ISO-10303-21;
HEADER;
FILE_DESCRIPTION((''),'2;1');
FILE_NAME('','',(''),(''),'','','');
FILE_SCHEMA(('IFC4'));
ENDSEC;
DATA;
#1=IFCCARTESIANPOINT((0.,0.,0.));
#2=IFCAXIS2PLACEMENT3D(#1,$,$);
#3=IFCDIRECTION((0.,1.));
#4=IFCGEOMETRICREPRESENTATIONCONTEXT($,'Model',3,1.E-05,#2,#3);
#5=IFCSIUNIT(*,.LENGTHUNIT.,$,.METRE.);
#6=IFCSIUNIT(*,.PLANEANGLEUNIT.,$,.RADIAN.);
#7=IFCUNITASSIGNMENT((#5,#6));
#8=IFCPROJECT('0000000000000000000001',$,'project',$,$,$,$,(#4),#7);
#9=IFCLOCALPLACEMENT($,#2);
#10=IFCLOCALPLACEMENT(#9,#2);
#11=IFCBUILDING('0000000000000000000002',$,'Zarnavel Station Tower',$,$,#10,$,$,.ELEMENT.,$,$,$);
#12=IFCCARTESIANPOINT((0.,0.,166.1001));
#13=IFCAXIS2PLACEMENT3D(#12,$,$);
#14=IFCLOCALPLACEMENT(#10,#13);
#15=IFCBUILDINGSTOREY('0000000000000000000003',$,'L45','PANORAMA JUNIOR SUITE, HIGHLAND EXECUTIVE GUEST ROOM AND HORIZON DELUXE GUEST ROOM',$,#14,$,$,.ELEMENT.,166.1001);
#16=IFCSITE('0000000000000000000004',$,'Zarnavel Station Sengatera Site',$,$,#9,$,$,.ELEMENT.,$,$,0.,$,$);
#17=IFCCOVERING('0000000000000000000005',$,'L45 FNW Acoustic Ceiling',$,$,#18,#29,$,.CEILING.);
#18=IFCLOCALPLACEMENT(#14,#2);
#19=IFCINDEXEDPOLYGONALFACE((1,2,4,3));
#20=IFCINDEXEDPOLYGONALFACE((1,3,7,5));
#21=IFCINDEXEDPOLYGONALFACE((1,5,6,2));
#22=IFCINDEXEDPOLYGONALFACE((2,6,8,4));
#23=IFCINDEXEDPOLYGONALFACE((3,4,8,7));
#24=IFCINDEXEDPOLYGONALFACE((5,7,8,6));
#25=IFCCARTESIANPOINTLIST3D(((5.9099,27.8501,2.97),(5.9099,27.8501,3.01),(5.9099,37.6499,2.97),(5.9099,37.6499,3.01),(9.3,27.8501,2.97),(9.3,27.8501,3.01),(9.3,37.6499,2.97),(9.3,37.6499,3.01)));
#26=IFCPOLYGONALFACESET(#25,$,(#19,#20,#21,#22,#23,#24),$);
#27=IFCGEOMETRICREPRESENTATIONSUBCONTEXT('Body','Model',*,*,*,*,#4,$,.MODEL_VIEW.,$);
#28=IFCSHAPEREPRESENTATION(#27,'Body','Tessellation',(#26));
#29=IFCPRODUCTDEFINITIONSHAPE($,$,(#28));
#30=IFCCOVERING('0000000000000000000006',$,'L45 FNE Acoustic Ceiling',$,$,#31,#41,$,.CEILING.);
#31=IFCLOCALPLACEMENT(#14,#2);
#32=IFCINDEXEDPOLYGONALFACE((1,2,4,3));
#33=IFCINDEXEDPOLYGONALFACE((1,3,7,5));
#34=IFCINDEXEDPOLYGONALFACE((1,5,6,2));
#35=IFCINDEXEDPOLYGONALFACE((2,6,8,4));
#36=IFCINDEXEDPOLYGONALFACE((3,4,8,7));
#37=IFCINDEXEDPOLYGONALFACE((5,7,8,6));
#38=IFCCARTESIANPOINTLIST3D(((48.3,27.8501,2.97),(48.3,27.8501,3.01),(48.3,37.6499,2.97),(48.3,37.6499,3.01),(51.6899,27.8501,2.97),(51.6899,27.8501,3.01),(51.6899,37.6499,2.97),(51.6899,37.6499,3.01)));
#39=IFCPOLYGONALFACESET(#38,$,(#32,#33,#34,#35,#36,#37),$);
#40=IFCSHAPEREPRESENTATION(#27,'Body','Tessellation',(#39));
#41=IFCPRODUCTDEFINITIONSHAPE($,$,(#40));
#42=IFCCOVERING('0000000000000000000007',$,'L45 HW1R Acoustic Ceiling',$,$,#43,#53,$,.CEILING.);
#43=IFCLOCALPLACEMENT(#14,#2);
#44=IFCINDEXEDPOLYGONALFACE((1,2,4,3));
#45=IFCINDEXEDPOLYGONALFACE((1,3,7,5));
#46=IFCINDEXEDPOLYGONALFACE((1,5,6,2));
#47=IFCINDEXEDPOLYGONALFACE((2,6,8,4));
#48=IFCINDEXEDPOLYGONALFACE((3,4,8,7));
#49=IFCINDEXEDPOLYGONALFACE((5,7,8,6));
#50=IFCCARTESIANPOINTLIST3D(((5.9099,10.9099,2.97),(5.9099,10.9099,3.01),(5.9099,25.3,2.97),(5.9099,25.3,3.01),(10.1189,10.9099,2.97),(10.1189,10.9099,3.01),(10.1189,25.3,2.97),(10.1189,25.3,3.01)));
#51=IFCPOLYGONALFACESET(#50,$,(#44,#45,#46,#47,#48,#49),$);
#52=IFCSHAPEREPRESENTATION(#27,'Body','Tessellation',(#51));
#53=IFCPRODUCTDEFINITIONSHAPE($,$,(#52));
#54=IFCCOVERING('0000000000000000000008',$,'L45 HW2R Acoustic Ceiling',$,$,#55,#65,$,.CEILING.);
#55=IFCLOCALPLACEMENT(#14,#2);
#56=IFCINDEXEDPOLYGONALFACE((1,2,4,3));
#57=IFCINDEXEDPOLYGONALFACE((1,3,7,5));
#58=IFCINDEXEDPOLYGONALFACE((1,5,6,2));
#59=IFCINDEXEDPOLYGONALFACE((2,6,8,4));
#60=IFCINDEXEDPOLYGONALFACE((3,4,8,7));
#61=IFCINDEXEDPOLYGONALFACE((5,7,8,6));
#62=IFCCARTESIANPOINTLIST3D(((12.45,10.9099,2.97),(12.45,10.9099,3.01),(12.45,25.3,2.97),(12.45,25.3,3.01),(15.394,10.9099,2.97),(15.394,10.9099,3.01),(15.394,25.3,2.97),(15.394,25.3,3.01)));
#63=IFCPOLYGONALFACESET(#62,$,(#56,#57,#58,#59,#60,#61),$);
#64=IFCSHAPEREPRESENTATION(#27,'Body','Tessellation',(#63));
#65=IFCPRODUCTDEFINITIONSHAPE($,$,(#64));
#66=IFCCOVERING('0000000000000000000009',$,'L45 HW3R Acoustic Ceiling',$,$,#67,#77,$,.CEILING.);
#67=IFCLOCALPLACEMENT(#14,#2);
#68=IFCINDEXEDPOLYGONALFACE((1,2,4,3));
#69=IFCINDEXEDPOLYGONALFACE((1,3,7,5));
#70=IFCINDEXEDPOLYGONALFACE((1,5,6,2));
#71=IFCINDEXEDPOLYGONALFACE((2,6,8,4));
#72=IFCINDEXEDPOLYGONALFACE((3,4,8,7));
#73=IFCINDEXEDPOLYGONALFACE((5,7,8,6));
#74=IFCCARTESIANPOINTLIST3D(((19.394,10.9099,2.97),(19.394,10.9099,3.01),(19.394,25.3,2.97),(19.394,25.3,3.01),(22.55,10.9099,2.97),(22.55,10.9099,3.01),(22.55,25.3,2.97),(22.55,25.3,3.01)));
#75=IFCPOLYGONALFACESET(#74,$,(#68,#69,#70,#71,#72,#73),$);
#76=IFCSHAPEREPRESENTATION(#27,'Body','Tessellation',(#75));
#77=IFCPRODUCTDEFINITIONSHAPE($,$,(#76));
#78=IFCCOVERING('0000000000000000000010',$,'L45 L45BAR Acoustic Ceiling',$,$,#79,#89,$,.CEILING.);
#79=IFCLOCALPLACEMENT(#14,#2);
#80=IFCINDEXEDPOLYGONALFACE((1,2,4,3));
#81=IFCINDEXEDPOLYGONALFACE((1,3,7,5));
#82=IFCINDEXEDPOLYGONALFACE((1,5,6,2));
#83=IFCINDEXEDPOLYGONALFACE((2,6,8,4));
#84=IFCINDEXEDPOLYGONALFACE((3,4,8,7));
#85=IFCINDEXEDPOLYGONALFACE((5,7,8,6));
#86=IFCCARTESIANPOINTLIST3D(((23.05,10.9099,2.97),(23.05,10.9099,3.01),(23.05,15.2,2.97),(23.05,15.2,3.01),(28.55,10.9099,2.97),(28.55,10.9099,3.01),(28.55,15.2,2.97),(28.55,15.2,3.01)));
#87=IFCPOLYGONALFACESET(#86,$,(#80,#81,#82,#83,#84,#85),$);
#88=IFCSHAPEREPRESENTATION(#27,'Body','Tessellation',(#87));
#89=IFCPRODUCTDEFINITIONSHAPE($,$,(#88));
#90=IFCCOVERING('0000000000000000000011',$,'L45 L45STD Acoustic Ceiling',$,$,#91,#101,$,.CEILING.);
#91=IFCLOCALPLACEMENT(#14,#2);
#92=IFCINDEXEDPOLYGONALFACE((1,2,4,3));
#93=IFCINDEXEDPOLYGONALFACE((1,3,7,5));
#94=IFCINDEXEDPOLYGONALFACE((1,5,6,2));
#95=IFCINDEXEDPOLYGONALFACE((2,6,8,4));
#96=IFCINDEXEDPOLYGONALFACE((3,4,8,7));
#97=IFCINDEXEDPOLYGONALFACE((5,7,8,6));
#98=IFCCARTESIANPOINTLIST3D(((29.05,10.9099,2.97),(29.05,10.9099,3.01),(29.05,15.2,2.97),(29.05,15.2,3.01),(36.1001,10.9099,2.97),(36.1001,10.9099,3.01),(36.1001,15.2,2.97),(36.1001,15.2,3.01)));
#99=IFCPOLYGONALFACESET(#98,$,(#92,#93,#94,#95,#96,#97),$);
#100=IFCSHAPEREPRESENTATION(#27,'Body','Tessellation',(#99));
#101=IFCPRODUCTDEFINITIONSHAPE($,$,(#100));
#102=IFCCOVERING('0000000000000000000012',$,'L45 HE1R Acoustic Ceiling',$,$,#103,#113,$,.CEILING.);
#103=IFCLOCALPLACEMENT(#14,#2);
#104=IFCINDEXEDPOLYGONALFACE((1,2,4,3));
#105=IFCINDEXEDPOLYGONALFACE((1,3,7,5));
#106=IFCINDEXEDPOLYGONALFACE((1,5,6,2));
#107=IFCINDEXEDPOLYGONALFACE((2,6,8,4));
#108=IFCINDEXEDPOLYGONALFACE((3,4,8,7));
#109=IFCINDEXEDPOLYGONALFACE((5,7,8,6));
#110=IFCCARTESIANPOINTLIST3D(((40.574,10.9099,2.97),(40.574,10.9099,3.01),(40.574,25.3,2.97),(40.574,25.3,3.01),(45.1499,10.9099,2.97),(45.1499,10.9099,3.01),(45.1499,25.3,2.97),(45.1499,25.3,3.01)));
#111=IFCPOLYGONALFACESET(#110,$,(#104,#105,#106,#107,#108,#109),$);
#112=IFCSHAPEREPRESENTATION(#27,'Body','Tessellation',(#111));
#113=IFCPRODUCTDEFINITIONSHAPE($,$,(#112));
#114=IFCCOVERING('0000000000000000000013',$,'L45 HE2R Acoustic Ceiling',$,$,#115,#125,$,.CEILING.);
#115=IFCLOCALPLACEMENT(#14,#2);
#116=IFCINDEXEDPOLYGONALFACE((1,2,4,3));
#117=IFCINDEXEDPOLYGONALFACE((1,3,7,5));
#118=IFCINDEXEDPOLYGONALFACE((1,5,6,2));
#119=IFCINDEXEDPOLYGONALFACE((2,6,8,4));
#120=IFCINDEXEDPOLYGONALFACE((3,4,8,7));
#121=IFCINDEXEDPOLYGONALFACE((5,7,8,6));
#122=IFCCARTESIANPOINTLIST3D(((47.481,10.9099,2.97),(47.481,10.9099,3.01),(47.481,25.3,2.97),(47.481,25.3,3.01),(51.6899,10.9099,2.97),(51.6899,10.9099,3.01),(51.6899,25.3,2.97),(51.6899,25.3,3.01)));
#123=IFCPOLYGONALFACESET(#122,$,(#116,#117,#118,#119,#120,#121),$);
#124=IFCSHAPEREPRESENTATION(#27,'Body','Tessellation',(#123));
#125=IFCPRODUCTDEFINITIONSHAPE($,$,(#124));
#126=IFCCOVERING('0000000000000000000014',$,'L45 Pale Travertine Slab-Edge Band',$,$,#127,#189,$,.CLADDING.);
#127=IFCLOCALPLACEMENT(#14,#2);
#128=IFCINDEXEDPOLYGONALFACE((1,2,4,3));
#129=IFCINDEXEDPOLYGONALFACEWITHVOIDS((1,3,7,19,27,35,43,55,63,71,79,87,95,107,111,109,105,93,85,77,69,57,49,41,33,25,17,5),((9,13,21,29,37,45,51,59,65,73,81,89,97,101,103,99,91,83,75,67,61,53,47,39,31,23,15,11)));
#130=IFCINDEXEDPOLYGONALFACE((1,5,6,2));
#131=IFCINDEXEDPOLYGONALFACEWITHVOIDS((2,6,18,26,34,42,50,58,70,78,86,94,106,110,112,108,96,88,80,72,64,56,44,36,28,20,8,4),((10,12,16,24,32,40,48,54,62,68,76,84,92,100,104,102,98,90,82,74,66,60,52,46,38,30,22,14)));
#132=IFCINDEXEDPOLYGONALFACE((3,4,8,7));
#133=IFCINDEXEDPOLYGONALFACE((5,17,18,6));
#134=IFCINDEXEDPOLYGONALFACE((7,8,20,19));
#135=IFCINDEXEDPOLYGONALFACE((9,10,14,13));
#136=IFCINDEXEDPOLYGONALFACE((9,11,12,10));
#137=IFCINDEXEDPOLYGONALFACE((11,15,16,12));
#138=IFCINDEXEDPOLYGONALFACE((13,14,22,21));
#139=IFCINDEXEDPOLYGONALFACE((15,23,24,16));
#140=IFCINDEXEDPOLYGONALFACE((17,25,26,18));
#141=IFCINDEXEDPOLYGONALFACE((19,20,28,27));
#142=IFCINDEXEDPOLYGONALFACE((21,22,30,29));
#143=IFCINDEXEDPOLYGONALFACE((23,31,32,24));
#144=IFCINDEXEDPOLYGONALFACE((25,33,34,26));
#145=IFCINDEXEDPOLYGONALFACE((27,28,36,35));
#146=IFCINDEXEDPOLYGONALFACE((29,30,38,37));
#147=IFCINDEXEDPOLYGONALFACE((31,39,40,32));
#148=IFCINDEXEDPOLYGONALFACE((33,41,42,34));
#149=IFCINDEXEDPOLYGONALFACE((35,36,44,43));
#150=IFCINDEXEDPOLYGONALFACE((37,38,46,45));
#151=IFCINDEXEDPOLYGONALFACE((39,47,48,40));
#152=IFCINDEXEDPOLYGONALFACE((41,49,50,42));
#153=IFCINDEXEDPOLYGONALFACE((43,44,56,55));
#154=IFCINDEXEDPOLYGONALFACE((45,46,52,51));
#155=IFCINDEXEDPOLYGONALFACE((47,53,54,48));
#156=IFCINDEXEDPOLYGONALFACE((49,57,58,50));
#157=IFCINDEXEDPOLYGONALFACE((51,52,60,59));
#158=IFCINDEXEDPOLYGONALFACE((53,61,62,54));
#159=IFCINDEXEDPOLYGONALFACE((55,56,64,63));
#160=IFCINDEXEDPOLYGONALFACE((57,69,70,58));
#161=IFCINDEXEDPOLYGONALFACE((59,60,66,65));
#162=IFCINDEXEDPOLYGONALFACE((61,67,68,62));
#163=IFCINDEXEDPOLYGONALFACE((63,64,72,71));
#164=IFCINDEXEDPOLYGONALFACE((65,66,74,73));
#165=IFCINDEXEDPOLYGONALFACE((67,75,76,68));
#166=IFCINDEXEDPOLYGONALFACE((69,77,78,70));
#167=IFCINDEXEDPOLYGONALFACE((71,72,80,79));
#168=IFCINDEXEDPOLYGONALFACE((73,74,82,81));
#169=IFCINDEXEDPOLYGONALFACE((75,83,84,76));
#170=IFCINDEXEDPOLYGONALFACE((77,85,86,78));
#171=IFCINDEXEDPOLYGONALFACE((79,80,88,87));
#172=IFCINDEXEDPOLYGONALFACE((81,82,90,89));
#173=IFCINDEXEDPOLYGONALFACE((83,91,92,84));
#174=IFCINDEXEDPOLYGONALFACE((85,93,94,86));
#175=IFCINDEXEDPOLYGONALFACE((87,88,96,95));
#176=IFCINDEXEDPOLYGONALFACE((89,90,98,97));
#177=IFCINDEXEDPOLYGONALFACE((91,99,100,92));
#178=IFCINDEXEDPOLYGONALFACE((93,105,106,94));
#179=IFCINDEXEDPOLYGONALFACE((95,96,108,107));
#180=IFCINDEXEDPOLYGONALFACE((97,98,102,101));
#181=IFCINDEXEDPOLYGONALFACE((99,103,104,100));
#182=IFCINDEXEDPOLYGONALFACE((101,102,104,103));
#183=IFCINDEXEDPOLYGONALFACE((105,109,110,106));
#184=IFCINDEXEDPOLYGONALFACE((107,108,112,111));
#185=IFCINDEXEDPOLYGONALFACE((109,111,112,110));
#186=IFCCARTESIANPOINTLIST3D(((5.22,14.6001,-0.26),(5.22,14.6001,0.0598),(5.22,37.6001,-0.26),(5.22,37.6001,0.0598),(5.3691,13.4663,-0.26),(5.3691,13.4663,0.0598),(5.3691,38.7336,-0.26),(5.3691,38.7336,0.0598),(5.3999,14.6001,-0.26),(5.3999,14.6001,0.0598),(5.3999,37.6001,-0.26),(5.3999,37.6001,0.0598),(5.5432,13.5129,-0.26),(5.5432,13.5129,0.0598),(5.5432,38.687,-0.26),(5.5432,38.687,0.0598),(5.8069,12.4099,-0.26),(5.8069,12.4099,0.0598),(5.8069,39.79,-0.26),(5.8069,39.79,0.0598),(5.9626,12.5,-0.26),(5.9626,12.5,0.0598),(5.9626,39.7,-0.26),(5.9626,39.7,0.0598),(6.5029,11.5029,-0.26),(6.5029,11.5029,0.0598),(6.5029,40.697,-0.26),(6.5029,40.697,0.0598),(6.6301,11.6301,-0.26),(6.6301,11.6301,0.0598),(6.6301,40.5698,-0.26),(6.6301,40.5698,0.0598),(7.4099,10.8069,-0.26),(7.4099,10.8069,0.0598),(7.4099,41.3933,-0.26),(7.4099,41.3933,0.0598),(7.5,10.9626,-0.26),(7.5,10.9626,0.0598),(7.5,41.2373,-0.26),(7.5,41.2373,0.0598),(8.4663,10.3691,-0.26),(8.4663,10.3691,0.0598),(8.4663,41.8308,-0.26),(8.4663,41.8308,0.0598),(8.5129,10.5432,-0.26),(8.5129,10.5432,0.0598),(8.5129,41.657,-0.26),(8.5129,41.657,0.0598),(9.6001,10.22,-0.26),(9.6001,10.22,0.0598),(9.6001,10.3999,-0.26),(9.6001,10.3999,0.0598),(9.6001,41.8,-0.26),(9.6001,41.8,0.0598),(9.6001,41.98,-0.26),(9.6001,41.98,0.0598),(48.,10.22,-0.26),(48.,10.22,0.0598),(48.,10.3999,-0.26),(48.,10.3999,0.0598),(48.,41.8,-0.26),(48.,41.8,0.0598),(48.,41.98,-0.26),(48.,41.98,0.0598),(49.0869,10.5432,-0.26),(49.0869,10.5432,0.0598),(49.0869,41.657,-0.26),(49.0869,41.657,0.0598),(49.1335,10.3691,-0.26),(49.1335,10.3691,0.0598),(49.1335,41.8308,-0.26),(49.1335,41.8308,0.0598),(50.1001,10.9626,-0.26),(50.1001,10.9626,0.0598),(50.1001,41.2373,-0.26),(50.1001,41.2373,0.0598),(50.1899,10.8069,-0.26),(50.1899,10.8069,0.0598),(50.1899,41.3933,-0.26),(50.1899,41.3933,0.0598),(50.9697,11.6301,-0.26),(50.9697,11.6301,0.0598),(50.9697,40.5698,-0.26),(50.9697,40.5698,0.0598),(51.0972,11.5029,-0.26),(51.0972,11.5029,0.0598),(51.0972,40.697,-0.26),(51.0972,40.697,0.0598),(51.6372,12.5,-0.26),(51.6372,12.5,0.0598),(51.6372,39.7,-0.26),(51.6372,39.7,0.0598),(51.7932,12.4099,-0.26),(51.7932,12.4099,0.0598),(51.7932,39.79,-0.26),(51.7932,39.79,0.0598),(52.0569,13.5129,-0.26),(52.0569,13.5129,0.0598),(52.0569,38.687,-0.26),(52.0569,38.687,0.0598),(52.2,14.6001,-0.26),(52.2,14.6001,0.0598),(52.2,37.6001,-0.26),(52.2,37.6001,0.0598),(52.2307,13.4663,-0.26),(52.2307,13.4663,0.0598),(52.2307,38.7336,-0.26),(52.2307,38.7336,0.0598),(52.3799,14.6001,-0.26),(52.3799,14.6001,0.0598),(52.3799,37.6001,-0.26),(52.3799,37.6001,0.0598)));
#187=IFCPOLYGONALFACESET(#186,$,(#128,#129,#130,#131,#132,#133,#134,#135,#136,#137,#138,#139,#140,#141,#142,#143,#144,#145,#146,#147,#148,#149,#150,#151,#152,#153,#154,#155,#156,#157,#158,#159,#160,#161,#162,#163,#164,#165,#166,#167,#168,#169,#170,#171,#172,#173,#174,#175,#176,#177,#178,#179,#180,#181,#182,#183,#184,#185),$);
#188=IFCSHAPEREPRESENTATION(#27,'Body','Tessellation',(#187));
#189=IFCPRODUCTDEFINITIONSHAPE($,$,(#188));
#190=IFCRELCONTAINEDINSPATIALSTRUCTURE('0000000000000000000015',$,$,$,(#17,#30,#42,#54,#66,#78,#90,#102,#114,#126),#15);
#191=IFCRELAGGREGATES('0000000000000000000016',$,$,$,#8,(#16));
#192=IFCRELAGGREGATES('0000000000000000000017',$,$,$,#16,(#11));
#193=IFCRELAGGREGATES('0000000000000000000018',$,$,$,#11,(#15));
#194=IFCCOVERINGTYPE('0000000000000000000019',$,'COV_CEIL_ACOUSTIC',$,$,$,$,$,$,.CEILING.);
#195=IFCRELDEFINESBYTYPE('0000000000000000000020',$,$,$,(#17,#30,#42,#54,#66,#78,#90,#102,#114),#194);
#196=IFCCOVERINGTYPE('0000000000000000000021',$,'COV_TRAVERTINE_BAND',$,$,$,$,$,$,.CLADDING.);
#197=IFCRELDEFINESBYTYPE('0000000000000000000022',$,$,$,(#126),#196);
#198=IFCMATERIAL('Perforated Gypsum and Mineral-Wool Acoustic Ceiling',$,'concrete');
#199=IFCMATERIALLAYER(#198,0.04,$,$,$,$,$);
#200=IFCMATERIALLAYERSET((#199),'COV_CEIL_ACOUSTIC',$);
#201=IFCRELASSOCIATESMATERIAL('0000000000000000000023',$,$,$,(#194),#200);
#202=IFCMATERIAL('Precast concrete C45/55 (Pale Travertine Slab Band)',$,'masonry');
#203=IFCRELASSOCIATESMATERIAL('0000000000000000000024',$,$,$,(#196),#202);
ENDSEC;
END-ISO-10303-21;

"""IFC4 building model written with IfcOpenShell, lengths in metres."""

from ifc_helpers import new_model, si_unit, direction, frame, origin, place, context, subcontext, project, spatial, polyline, outline, extrude, material, layer, layer_set, type_object, element, save


model = new_model("IFC4")

# Units and contexts
model_context = context("Model", 3, precision=1e-05, world=origin(), true_north=direction((0.0, 1.0)))
body_context = subcontext(model_context, "Body", "Model", "MODEL_VIEW")
ifc_project = project(units=[si_unit("LENGTHUNIT", "METRE"), si_unit("PLANEANGLEUNIT", "RADIAN")], contexts=[model_context])

# Site, building, storey
site_placement = place(None, origin())
site = spatial("IfcSite", under=ifc_project, at=site_placement, Name="Zarnavel Station Sengatera Site", CompositionType="ELEMENT", RefElevation=0.0)
building_placement = place(site_placement, origin())
building = spatial("IfcBuilding", under=site, at=building_placement, Name="Zarnavel Station Tower", CompositionType="ELEMENT")
storey_placement = place(building_placement, frame((0.0, 0.0, 166.1001)))
storey = spatial("IfcBuildingStorey", under=building, at=storey_placement, Name="L45", Description="PANORAMA JUNIOR SUITE, HIGHLAND EXECUTIVE GUEST ROOM AND HORIZON DELUXE GUEST ROOM", CompositionType="ELEMENT", Elevation=166.1001)

# Coverings
ifc_material_1 = material(Name="Perforated Gypsum and Mineral-Wool Acoustic Ceiling", Category="concrete")
ifc_layer_1 = layer(ifc_material_1, 0.04)
ifc_layer_set_1 = layer_set([ifc_layer_1], Name="COV_CEIL_ACOUSTIC")
covering_type_1 = type_object("IfcCoveringType", Name="COV_CEIL_ACOUSTIC", PredefinedType="CEILING", material=ifc_layer_set_1)
covering_1_placement = place(storey_placement, frame((0.0, 0.0, 2.97)))
element("IfcCovering", 1, at=covering_1_placement, inside=storey, type_object=covering_type_1, Name="L45 FNW Acoustic Ceiling", PredefinedType="CEILING", context=body_context, shape_type="SweptSolid", body=[
    extrude(outline(polyline([(5.9099, 27.8501), (9.3, 27.8501), (9.3, 37.6499), (5.9099, 37.6499), (5.9099, 27.8501)])), origin(), (0.0, 0.0, 1.0), 0.04),
])
covering_2_placement = place(storey_placement, frame((0.0, 0.0, 2.97)))
element("IfcCovering", 2, at=covering_2_placement, inside=storey, type_object=covering_type_1, Name="L45 FNE Acoustic Ceiling", PredefinedType="CEILING", context=body_context, shape_type="SweptSolid", body=[
    extrude(outline(polyline([(48.3, 27.8501), (51.6899, 27.8501), (51.6899, 37.6499), (48.3, 37.6499), (48.3, 27.8501)])), origin(), (0.0, 0.0, 1.0), 0.04),
])
covering_3_placement = place(storey_placement, frame((0.0, 0.0, 2.97)))
element("IfcCovering", 3, at=covering_3_placement, inside=storey, type_object=covering_type_1, Name="L45 HW1R Acoustic Ceiling", PredefinedType="CEILING", context=body_context, shape_type="SweptSolid", body=[
    extrude(outline(polyline([(5.9099, 10.9099), (10.1189, 10.9099), (10.1189, 25.3), (5.9099, 25.3), (5.9099, 10.9099)])), origin(), (0.0, 0.0, 1.0), 0.04),
])
covering_4_placement = place(storey_placement, frame((0.0, 0.0, 2.97)))
element("IfcCovering", 4, at=covering_4_placement, inside=storey, type_object=covering_type_1, Name="L45 HW2R Acoustic Ceiling", PredefinedType="CEILING", context=body_context, shape_type="SweptSolid", body=[
    extrude(outline(polyline([(12.45, 10.9099), (15.394, 10.9099), (15.394, 25.3), (12.45, 25.3), (12.45, 10.9099)])), origin(), (0.0, 0.0, 1.0), 0.04),
])
covering_5_placement = place(storey_placement, frame((0.0, 0.0, 2.97)))
element("IfcCovering", 5, at=covering_5_placement, inside=storey, type_object=covering_type_1, Name="L45 HW3R Acoustic Ceiling", PredefinedType="CEILING", context=body_context, shape_type="SweptSolid", body=[
    extrude(outline(polyline([(19.394, 10.9099), (22.55, 10.9099), (22.55, 25.3), (19.394, 25.3), (19.394, 10.9099)])), origin(), (0.0, 0.0, 1.0), 0.04),
])
covering_6_placement = place(storey_placement, frame((0.0, 0.0, 2.97)))
element("IfcCovering", 6, at=covering_6_placement, inside=storey, type_object=covering_type_1, Name="L45 L45BAR Acoustic Ceiling", PredefinedType="CEILING", context=body_context, shape_type="SweptSolid", body=[
    extrude(outline(polyline([(23.05, 10.9099), (28.55, 10.9099), (28.55, 15.2), (23.05, 15.2), (23.05, 10.9099)])), origin(), (0.0, 0.0, 1.0), 0.04),
])
covering_7_placement = place(storey_placement, frame((0.0, 0.0, 2.97)))
element("IfcCovering", 7, at=covering_7_placement, inside=storey, type_object=covering_type_1, Name="L45 L45STD Acoustic Ceiling", PredefinedType="CEILING", context=body_context, shape_type="SweptSolid", body=[
    extrude(outline(polyline([(29.05, 10.9099), (36.1001, 10.9099), (36.1001, 15.2), (29.05, 15.2), (29.05, 10.9099)])), origin(), (0.0, 0.0, 1.0), 0.04),
])
covering_8_placement = place(storey_placement, frame((0.0, 0.0, 2.97)))
element("IfcCovering", 8, at=covering_8_placement, inside=storey, type_object=covering_type_1, Name="L45 HE1R Acoustic Ceiling", PredefinedType="CEILING", context=body_context, shape_type="SweptSolid", body=[
    extrude(outline(polyline([(40.574, 10.9099), (45.1499, 10.9099), (45.1499, 25.3), (40.574, 25.3), (40.574, 10.9099)])), origin(), (0.0, 0.0, 1.0), 0.04),
])
covering_9_placement = place(storey_placement, frame((0.0, 0.0, 2.97)))
element("IfcCovering", 9, at=covering_9_placement, inside=storey, type_object=covering_type_1, Name="L45 HE2R Acoustic Ceiling", PredefinedType="CEILING", context=body_context, shape_type="SweptSolid", body=[
    extrude(outline(polyline([(47.481, 10.9099), (51.6899, 10.9099), (51.6899, 25.3), (47.481, 25.3), (47.481, 10.9099)])), origin(), (0.0, 0.0, 1.0), 0.04),
])
ifc_material_2 = material(Name="Precast concrete C45/55 (Pale Travertine Slab Band)", Category="masonry")
covering_type_2 = type_object("IfcCoveringType", Name="COV_TRAVERTINE_BAND", PredefinedType="CLADDING", material=ifc_material_2)
covering_10_placement = place(storey_placement, frame((0.0, 0.0, -0.26)))
element("IfcCovering", 10, at=covering_10_placement, inside=storey, type_object=covering_type_2, Name="L45 Pale Travertine Slab-Edge Band", PredefinedType="CLADDING", context=body_context, shape_type="SweptSolid", body=[
    extrude(outline(polyline([(48.0, 10.22), (49.1335, 10.3691), (50.1899, 10.8069), (51.0972, 11.5029), (51.7932, 12.4099), (52.2307, 13.4663), (52.3799, 14.6001), (52.3799, 37.6001), (52.2307, 38.7336), (51.7932, 39.79), (51.0972, 40.697), (50.1899, 41.3933), (49.1335, 41.8308), (48.0, 41.98), (9.6001, 41.98), (8.4663, 41.8308), (7.4099, 41.3933), (6.5029, 40.697), (5.8069, 39.79), (5.3691, 38.7336), (5.22, 37.6001), (5.22, 14.6001), (5.3691, 13.4663), (5.8069, 12.4099), (6.5029, 11.5029), (7.4099, 10.8069), (8.4663, 10.3691), (9.6001, 10.22), (48.0, 10.22)]), holes=[polyline([(48.0, 10.3999), (49.0869, 10.5432), (50.1001, 10.9626), (50.9697, 11.6301), (51.6372, 12.5), (52.0569, 13.5129), (52.2, 14.6001), (52.2, 37.6001), (52.0569, 38.687), (51.6372, 39.7), (50.9697, 40.5698), (50.1001, 41.2373), (49.0869, 41.657), (48.0, 41.8), (9.6001, 41.8), (8.5129, 41.657), (7.5, 41.2373), (6.6301, 40.5698), (5.9626, 39.7), (5.5432, 38.687), (5.3999, 37.6001), (5.3999, 14.6001), (5.5432, 13.5129), (5.9626, 12.5), (6.6301, 11.6301), (7.5, 10.9626), (8.5129, 10.5432), (9.6001, 10.3999), (48.0, 10.3999)])]), origin(), (0.0, 0.0, 1.0), 0.3198),
])

save(model, "model.ifc")
